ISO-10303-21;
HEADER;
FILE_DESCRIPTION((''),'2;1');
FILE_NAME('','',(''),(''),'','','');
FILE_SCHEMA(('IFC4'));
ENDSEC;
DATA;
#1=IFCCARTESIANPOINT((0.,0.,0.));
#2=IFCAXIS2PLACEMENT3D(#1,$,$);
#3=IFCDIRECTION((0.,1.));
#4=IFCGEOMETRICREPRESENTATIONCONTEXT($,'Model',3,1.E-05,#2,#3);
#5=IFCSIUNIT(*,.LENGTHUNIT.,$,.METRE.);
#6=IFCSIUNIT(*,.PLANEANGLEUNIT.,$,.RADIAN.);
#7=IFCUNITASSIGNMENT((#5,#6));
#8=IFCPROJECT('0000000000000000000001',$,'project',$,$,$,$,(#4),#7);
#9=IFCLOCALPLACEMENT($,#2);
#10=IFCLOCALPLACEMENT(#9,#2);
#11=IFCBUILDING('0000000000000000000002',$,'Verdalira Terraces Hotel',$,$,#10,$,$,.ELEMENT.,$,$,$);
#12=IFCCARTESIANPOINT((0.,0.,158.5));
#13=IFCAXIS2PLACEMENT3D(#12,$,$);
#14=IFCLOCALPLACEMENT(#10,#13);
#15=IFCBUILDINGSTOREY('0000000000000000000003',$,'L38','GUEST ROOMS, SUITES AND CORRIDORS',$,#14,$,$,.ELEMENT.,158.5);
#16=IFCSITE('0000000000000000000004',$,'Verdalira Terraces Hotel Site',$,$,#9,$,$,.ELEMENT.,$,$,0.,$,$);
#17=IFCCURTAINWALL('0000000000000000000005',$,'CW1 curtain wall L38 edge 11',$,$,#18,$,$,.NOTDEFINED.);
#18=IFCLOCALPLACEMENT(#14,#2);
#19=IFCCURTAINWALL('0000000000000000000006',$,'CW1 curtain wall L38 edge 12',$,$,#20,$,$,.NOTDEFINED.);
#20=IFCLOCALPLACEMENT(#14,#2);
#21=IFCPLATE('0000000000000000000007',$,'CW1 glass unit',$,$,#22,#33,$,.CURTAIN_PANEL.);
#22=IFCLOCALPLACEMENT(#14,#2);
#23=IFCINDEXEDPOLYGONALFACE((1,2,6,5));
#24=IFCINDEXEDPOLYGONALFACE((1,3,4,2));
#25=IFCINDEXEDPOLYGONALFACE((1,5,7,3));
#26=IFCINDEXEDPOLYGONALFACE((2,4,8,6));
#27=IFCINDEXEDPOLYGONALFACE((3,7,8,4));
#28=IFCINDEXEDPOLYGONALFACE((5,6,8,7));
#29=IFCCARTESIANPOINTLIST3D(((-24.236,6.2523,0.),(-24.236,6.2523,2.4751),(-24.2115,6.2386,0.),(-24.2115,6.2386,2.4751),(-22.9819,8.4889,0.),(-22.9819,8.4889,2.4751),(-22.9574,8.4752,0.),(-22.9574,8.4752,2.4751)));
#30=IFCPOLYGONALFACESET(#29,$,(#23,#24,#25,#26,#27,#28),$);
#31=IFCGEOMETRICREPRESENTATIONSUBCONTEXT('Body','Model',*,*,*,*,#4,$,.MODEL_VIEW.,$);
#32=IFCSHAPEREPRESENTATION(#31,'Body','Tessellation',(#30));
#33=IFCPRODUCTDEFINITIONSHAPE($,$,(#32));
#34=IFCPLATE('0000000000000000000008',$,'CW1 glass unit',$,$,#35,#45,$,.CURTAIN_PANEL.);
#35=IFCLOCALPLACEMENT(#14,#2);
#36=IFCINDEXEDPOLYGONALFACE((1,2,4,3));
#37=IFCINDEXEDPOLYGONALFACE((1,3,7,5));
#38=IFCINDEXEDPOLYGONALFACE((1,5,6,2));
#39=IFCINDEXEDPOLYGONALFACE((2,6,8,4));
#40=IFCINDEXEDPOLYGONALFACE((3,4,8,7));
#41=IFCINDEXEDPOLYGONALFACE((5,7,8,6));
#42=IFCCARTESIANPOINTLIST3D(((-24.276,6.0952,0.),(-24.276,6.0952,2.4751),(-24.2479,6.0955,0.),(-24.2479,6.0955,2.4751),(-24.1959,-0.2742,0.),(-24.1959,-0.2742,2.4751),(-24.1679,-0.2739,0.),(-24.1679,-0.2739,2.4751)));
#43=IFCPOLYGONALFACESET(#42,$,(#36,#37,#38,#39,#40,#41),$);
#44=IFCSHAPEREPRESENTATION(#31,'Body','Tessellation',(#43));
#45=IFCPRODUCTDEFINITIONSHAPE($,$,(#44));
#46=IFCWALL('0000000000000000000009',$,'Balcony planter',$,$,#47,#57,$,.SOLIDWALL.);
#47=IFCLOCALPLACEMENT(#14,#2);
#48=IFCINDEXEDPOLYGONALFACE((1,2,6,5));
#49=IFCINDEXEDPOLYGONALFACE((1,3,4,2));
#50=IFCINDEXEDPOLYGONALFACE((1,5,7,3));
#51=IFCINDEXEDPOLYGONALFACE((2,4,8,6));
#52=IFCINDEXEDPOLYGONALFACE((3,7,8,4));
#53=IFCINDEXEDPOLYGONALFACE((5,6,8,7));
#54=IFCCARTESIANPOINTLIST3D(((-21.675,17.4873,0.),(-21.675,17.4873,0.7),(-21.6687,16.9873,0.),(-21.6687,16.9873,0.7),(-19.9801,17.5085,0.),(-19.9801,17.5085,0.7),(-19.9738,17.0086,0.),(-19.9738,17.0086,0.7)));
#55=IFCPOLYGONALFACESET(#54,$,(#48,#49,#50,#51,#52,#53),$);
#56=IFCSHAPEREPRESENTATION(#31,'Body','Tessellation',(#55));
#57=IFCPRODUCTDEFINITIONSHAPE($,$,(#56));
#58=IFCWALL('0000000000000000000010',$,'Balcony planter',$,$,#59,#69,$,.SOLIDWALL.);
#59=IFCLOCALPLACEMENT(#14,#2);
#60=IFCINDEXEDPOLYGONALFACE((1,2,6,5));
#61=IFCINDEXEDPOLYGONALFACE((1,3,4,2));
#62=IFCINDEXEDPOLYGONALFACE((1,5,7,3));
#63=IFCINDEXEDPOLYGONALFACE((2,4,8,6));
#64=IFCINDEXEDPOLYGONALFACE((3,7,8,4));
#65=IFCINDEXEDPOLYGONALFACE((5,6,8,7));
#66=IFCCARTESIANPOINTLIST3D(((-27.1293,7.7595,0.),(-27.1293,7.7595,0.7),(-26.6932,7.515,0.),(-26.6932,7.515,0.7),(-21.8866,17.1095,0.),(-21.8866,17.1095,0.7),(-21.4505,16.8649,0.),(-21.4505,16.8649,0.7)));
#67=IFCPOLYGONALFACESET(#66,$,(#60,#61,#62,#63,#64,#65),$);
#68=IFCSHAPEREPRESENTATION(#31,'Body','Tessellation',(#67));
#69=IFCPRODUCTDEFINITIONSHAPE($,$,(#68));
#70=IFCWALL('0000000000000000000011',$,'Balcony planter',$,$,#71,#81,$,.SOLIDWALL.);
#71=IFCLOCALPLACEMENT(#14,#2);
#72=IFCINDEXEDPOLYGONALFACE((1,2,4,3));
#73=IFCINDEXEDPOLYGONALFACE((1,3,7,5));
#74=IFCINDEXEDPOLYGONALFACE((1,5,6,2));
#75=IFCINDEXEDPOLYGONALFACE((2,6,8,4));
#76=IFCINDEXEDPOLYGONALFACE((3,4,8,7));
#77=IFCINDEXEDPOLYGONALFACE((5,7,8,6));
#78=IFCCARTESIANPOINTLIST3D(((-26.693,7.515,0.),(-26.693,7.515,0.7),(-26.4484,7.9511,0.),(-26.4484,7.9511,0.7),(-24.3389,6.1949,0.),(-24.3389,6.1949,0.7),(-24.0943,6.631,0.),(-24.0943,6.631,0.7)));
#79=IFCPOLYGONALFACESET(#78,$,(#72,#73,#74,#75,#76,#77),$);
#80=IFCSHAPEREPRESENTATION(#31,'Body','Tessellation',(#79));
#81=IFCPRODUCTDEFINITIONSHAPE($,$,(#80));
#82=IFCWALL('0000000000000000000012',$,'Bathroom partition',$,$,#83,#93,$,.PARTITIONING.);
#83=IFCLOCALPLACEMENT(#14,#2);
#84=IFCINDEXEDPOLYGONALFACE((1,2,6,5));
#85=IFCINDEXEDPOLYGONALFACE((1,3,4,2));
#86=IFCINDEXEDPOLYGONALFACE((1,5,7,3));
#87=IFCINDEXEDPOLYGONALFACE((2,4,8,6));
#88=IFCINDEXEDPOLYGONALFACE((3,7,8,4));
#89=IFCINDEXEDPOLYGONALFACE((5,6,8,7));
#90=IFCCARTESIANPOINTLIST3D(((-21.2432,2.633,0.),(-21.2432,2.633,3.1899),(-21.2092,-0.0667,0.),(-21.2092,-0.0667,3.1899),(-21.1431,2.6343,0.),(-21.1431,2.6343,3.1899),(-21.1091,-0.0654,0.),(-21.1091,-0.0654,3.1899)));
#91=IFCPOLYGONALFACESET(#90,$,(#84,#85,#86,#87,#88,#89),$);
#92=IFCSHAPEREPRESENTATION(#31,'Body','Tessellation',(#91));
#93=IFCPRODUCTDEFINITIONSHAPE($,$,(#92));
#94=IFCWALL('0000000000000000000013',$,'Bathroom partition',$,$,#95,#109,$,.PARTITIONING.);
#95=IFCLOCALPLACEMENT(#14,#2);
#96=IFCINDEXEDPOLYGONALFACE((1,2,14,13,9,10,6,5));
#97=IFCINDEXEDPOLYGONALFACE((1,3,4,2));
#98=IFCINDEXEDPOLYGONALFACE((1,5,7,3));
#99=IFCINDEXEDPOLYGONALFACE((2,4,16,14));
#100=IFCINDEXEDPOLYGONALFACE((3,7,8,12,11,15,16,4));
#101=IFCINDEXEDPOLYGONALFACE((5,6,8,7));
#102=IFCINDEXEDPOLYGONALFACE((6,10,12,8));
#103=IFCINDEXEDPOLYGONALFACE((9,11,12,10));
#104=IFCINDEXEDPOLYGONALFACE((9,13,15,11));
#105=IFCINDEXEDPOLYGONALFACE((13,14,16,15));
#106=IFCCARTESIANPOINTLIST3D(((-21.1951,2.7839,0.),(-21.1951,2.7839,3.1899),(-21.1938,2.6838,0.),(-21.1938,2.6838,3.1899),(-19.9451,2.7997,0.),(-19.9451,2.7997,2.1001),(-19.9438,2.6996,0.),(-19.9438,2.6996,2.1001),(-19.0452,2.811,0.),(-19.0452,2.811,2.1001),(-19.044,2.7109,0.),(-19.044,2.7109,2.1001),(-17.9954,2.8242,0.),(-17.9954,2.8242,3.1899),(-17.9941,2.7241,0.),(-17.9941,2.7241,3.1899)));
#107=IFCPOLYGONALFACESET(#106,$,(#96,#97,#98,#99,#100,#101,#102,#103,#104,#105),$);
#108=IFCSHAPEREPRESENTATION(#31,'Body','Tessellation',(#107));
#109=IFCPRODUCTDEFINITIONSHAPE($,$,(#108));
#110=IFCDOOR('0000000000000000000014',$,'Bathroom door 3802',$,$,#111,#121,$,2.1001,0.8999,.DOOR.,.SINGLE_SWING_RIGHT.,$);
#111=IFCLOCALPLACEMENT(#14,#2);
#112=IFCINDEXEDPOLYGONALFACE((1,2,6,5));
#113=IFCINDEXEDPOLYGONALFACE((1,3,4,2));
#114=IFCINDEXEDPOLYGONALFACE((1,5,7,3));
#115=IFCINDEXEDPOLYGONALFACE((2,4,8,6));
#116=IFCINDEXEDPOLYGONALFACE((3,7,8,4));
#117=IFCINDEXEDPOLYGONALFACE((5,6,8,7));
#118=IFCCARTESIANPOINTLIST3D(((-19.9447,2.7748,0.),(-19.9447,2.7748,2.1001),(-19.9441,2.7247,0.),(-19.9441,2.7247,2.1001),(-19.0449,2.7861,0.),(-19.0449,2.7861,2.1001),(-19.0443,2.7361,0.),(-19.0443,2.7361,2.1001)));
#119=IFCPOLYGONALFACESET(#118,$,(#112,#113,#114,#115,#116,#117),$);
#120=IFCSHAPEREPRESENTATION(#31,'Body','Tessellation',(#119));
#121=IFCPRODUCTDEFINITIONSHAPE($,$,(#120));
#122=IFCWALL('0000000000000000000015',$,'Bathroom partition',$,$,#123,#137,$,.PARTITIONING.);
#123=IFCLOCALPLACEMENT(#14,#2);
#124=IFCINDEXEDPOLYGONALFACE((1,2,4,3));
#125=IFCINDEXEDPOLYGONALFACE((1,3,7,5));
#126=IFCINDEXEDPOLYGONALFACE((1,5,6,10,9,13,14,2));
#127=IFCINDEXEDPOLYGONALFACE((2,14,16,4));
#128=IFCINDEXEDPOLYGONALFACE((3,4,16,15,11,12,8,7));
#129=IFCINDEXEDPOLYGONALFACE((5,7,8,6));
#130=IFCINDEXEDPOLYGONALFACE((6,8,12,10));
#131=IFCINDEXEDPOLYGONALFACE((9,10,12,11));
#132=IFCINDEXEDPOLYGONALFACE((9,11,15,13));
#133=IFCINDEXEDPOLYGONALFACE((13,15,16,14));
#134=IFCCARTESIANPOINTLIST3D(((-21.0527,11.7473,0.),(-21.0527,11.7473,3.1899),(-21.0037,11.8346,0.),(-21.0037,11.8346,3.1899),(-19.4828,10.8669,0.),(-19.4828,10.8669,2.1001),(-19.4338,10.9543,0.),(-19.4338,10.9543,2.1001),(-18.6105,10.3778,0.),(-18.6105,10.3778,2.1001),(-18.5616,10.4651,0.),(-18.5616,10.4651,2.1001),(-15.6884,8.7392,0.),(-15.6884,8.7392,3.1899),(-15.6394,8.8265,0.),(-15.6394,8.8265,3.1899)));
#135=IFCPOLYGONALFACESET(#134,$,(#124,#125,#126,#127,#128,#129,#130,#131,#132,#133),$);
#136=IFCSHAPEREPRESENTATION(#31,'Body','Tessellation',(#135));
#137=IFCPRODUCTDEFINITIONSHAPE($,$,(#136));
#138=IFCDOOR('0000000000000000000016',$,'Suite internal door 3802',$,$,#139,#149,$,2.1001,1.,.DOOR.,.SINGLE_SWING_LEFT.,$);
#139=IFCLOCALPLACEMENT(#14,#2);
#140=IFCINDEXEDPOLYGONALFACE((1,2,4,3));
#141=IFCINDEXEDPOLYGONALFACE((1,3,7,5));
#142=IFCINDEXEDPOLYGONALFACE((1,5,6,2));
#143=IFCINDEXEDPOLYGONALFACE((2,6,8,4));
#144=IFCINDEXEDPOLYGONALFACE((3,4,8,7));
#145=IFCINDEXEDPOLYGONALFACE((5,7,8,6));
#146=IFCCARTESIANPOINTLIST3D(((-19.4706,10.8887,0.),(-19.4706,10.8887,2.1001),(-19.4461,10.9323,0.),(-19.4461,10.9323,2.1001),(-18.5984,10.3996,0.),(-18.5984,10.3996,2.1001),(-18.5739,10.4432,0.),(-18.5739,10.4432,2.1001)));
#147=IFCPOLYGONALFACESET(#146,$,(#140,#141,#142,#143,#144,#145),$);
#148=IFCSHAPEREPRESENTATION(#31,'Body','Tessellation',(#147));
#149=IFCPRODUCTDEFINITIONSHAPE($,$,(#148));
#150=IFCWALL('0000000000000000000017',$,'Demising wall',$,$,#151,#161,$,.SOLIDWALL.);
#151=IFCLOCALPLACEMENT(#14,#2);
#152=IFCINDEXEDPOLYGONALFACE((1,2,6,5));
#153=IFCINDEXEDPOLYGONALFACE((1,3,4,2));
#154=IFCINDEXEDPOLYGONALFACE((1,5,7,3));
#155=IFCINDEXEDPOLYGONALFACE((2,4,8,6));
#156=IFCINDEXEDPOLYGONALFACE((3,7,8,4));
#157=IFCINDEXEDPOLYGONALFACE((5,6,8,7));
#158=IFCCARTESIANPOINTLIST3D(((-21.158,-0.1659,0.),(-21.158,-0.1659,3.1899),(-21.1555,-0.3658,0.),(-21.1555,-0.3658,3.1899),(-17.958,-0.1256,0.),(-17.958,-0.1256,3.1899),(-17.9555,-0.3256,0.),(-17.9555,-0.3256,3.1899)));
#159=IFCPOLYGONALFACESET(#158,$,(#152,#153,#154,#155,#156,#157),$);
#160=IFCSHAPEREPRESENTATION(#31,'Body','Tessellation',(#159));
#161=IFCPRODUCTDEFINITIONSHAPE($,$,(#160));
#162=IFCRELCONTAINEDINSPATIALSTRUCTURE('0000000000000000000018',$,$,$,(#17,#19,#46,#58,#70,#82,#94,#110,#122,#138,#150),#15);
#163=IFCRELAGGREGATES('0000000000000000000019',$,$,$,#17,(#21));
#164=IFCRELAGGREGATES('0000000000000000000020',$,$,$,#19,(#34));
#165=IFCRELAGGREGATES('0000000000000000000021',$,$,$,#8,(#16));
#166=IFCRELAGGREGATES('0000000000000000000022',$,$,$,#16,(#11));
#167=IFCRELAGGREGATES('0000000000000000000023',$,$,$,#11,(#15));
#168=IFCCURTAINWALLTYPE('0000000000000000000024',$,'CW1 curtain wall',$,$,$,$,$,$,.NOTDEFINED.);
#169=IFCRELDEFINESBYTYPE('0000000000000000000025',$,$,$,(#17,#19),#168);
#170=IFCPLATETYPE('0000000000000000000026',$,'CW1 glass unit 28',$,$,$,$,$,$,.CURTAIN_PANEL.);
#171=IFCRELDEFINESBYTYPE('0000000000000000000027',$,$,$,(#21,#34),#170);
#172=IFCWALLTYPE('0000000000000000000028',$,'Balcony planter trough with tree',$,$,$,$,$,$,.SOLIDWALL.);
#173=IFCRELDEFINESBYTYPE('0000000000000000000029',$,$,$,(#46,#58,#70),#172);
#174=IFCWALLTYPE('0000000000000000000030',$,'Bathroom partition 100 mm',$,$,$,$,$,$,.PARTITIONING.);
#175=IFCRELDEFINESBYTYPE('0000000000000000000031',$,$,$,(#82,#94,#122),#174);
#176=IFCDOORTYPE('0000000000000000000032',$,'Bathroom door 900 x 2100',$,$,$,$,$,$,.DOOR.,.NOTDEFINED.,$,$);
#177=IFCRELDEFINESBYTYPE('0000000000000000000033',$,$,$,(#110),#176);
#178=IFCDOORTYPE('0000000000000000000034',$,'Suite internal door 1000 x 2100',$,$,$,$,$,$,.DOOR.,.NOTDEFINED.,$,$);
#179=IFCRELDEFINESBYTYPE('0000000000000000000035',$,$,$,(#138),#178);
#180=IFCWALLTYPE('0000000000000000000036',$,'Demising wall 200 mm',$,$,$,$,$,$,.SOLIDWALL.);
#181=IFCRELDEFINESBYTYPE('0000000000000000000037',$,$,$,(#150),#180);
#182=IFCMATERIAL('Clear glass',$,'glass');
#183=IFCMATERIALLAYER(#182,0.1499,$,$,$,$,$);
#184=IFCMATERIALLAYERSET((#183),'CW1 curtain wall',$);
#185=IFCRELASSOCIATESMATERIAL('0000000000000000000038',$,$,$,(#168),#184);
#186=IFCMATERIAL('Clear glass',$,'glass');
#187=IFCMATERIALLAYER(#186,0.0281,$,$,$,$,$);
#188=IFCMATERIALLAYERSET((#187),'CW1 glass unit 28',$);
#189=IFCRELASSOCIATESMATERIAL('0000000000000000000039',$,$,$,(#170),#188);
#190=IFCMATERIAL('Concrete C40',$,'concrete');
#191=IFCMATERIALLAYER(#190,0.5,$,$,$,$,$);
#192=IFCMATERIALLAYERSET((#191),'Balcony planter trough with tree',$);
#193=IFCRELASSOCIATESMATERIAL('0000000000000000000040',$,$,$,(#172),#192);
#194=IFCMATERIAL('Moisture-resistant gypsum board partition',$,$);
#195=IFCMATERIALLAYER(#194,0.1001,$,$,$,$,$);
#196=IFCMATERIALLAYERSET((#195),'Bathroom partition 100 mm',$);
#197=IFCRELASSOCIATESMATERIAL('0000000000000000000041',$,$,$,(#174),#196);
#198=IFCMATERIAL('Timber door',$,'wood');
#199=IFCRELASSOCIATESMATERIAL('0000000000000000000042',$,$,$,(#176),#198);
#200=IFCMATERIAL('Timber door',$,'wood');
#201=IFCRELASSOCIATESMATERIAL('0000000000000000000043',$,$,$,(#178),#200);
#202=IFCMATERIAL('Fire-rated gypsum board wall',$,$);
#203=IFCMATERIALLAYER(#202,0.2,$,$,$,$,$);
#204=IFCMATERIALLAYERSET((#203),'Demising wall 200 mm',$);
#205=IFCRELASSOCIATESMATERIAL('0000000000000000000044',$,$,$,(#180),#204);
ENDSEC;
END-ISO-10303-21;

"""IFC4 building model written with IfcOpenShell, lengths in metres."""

from ifc_helpers import new_model, si_unit, direction, frame, frame_2d, origin, origin_2d, place, context, subcontext, project, spatial, rectangle, extrude, material, layer, layer_set, type_object, element, fill, aggregate, save


model = new_model("IFC4")

# Units and contexts
model_context = context("Model", 3, precision=1e-05, world=origin(), true_north=direction((0.0, 1.0)))
body_context = subcontext(model_context, "Body", "Model", "MODEL_VIEW")
ifc_project = project(units=[si_unit("LENGTHUNIT", "METRE"), si_unit("PLANEANGLEUNIT", "RADIAN")], contexts=[model_context])

# Site, building, storey
site_placement = place(None, origin())
site = spatial("IfcSite", under=ifc_project, at=site_placement, Name="Verdalira Terraces Hotel Site", CompositionType="ELEMENT", RefElevation=0.0)
building_placement = place(site_placement, origin())
building = spatial("IfcBuilding", under=site, at=building_placement, Name="Verdalira Terraces Hotel", CompositionType="ELEMENT")
storey_placement = place(building_placement, frame((0.0, 0.0, 158.5)))
storey = spatial("IfcBuildingStorey", under=building, at=storey_placement, Name="L38", Description="GUEST ROOMS, SUITES AND CORRIDORS", CompositionType="ELEMENT", Elevation=158.5)

# Curtain wall
ifc_material_1 = material(Name="Clear glass", Category="glass")
ifc_layer_1 = layer(ifc_material_1, 0.1499)
ifc_layer_set_1 = layer_set([ifc_layer_1], Name="CW1 curtain wall")
curtain_wall_type = type_object("IfcCurtainWallType", Name="CW1 curtain wall", PredefinedType="NOTDEFINED", material=ifc_layer_set_1)
curtain_wall_1_placement = place(storey_placement, origin())
curtain_wall_1 = element("IfcCurtainWall", 1, at=curtain_wall_1_placement, inside=storey, type_object=curtain_wall_type, Name="CW1 curtain wall L38 edge 11", PredefinedType="NOTDEFINED")

# Curtain wall
curtain_wall_2_placement = place(storey_placement, origin())
curtain_wall_2 = element("IfcCurtainWall", 2, at=curtain_wall_2_placement, inside=storey, type_object=curtain_wall_type, Name="CW1 curtain wall L38 edge 12", PredefinedType="NOTDEFINED")

# Plates
ifc_material_2 = material(Name="Clear glass", Category="glass")
ifc_layer_2 = layer(ifc_material_2, 0.0281)
ifc_layer_set_2 = layer_set([ifc_layer_2], Name="CW1 glass unit 28")
plate_type = type_object("IfcPlateType", Name="CW1 glass unit 28", PredefinedType="CURTAIN_PANEL", material=ifc_layer_set_2)
plate_1_placement = place(storey_placement, frame((-23.5967, 7.3638, 0.0), z_axis=(0.0, 0.0, 1.0), x_axis=(-0.489078, -0.87224, 0.0)))
plate_1 = element("IfcPlate", 3, at=plate_1_placement, type_object=plate_type, Name="CW1 glass unit", PredefinedType="CURTAIN_PANEL", context=body_context, shape_type="SweptSolid", body=[
    extrude(rectangle(XDim=2.5642, YDim=0.0281, at=origin_2d()), origin(), (0.0, 0.0, 1.0), 2.4751),
])
aggregate(curtain_wall_1, [plate_1])
plate_2_placement = place(storey_placement, frame((-24.2219, 2.9106, 0.0), z_axis=(0.0, 0.0, 1.0), x_axis=(0.012566, -0.999921, 0.0)))
plate_2 = element("IfcPlate", 4, at=plate_2_placement, type_object=plate_type, Name="CW1 glass unit", PredefinedType="CURTAIN_PANEL", context=body_context, shape_type="SweptSolid", body=[
    extrude(rectangle(XDim=6.3699, YDim=0.0281, at=origin_2d()), origin(), (0.0, 0.0, 1.0), 2.4751),
])
aggregate(curtain_wall_2, [plate_2])

# Walls
ifc_material_3 = material(Name="Concrete C40", Category="concrete")
ifc_layer_3 = layer(ifc_material_3, 0.5)
ifc_layer_set_3 = layer_set([ifc_layer_3], Name="Balcony planter trough with tree")
wall_type_1 = type_object("IfcWallType", Name="Balcony planter trough with tree", PredefinedType="SOLIDWALL", material=ifc_layer_set_3)
wall_1_placement = place(storey_placement, frame((-19.9768, 17.2585, 0.0), z_axis=(0.0, 0.0, 1.0), x_axis=(-0.999921, -0.012531, 0.0)))
element("IfcWall", 5, at=wall_1_placement, inside=storey, type_object=wall_type_1, Name="Balcony planter", PredefinedType="SOLIDWALL", context=body_context, shape_type="SweptSolid", body=[
    extrude(rectangle(XDim=1.6951, YDim=0.5, at=frame_2d((0.8477, 0.0))), origin(), (0.0, 0.0, 1.0), 0.7),
])
wall_2_placement = place(storey_placement, frame((-21.6685, 16.9873, 0.0), z_axis=(0.0, 0.0, 1.0), x_axis=(-0.489083, -0.872237, 0.0)))
element("IfcWall", 6, at=wall_2_placement, inside=storey, type_object=wall_type_1, Name="Balcony planter", PredefinedType="SOLIDWALL", context=body_context, shape_type="SweptSolid", body=[
    extrude(rectangle(XDim=10.7195, YDim=0.5, at=frame_2d((5.3599, 0.0))), origin(), (0.0, 0.0, 1.0), 0.7),
])
wall_3_placement = place(storey_placement, frame((-26.5708, 7.7332, 0.0), z_axis=(0.0, 0.0, 1.0), x_axis=(0.872217, -0.489118, 0.0)))
element("IfcWall", 7, at=wall_3_placement, inside=storey, type_object=wall_type_1, Name="Balcony planter", PredefinedType="SOLIDWALL", context=body_context, shape_type="SweptSolid", body=[
    extrude(rectangle(XDim=2.699, YDim=0.5, at=frame_2d((1.3496, 0.0))), origin(), (0.0, 0.0, 1.0), 0.7),
])
ifc_material_4 = material(Name="Moisture-resistant gypsum board partition")
ifc_layer_4 = layer(ifc_material_4, 0.1001)
ifc_layer_set_4 = layer_set([ifc_layer_4], Name="Bathroom partition 100 mm")
wall_type_2 = type_object("IfcWallType", Name="Bathroom partition 100 mm", PredefinedType="PARTITIONING", material=ifc_layer_set_4)
wall_4_placement = place(storey_placement, frame((-21.1931, 2.6338, 0.0), z_axis=(0.0, 0.0, 1.0), x_axis=(0.012569, -0.999921, 0.0)))
element("IfcWall", 8, at=wall_4_placement, inside=storey, type_object=wall_type_2, Name="Bathroom partition", PredefinedType="PARTITIONING", context=body_context, shape_type="SweptSolid", body=[
    extrude(rectangle(XDim=2.7, YDim=0.1001, at=frame_2d((1.3501, 0.0))), origin(), (0.0, 0.0, 1.0), 3.1899),
])

# Walls, openings, doors
wall_5_placement = place(storey_placement, frame((-17.9946, 2.7742, 0.0), z_axis=(0.0, 0.0, 1.0), x_axis=(-0.999921, -0.012589, 0.0)))
wall_5 = element("IfcWall", 9, at=wall_5_placement, inside=storey, type_object=wall_type_2, Name="Bathroom partition", PredefinedType="PARTITIONING", context=body_context, shape_type="SweptSolid", body=[
    extrude(rectangle(XDim=3.2, YDim=0.1001, at=frame_2d((1.6001, 0.0))), origin(), (0.0, 0.0, 1.0), 3.1899),
])
opening_1_placement = place(wall_5_placement, frame((1.05, 0.0, 0.0)))
opening_1 = element("IfcOpeningElement", 10, at=opening_1_placement, cuts=wall_5, PredefinedType="OPENING", context=body_context, shape_type="SweptSolid", body=[
    extrude(rectangle(XDim=0.8999, YDim=2.1001, at=frame_2d((0.45, 1.05))), frame((0.0, 0.0601, 0.0), z_axis=(0.0, -1.0, 0.0), x_axis=(1.0, 0.0, 0.0)), (0.0, 0.0, 1.0), 0.1201),
])
ifc_material_5 = material(Name="Timber door", Category="wood")
door_type_1 = type_object("IfcDoorType", Name="Bathroom door 900 x 2100", OperationType="NOTDEFINED", PredefinedType="DOOR", material=ifc_material_5)
door_1_placement = place(opening_1_placement, origin())
door_1 = element("IfcDoor", 11, at=door_1_placement, inside=storey, type_object=door_type_1, Name="Bathroom door 3802", OperationType="SINGLE_SWING_RIGHT", OverallHeight=2.1001, OverallWidth=0.8999, PredefinedType="DOOR", context=body_context, shape_type="SweptSolid", body=[
    extrude(rectangle(XDim=0.8999, YDim=2.1001, at=frame_2d((0.45, 1.05))), frame((0.0, 0.0249, 0.0), z_axis=(0.0, -1.0, 0.0), x_axis=(1.0, 0.0, 0.0)), (0.0, 0.0, 1.0), 0.05),
])
fill(opening_1, door_1)
wall_6_placement = place(storey_placement, frame((-21.0283, 11.791, 0.0), z_axis=(0.0, 0.0, 1.0), x_axis=(0.872224, -0.489107, 0.0)))
wall_6 = element("IfcWall", 12, at=wall_6_placement, inside=storey, type_object=wall_type_2, Name="Bathroom partition", PredefinedType="PARTITIONING", context=body_context, shape_type="SweptSolid", body=[
    extrude(rectangle(XDim=6.1501, YDim=0.1001, at=frame_2d((3.0752, 0.0))), origin(), (0.0, 0.0, 1.0), 3.1899),
])
opening_2_placement = place(wall_6_placement, frame((1.8, 0.0, 0.0)))
opening_2 = element("IfcOpeningElement", 13, at=opening_2_placement, cuts=wall_6, PredefinedType="OPENING", context=body_context, shape_type="SweptSolid", body=[
    extrude(rectangle(XDim=1.0, YDim=2.1001, at=frame_2d((0.5, 1.05))), frame((0.0, 0.0601, 0.0), z_axis=(0.0, -1.0, 0.0), x_axis=(1.0, 0.0, 0.0)), (0.0, 0.0, 1.0), 0.1201),
])
ifc_material_6 = material(Name="Timber door", Category="wood")
door_type_2 = type_object("IfcDoorType", Name="Suite internal door 1000 x 2100", OperationType="NOTDEFINED", PredefinedType="DOOR", material=ifc_material_6)
door_2_placement = place(opening_2_placement, origin())
door_2 = element("IfcDoor", 14, at=door_2_placement, inside=storey, type_object=door_type_2, Name="Suite internal door 3802", OperationType="SINGLE_SWING_LEFT", OverallHeight=2.1001, OverallWidth=1.0, PredefinedType="DOOR", context=body_context, shape_type="SweptSolid", body=[
    extrude(rectangle(XDim=1.0, YDim=2.1001, at=frame_2d((0.5, 1.05))), frame((0.0, 0.0249, 0.0), z_axis=(0.0, -1.0, 0.0), x_axis=(1.0, 0.0, 0.0)), (0.0, 0.0, 1.0), 0.05),
])
fill(opening_2, door_2)

# Wall
ifc_material_7 = material(Name="Fire-rated gypsum board wall")
ifc_layer_5 = layer(ifc_material_7, 0.2)
ifc_layer_set_5 = layer_set([ifc_layer_5], Name="Demising wall 200 mm")
wall_type_3 = type_object("IfcWallType", Name="Demising wall 200 mm", PredefinedType="SOLIDWALL", material=ifc_layer_set_5)
wall_7_placement = place(storey_placement, frame((-17.9568, -0.2256, 0.0), z_axis=(0.0, 0.0, 1.0), x_axis=(-0.999921, -0.012588, 0.0)))
element("IfcWall", 15, at=wall_7_placement, inside=storey, type_object=wall_type_3, Name="Demising wall", PredefinedType="SOLIDWALL", context=body_context, shape_type="SweptSolid", body=[
    extrude(rectangle(XDim=3.2002, YDim=0.2, at=frame_2d((1.6001, 0.0))), origin(), (0.0, 0.0, 1.0), 3.1899),
])

save(model, "model.ifc")
